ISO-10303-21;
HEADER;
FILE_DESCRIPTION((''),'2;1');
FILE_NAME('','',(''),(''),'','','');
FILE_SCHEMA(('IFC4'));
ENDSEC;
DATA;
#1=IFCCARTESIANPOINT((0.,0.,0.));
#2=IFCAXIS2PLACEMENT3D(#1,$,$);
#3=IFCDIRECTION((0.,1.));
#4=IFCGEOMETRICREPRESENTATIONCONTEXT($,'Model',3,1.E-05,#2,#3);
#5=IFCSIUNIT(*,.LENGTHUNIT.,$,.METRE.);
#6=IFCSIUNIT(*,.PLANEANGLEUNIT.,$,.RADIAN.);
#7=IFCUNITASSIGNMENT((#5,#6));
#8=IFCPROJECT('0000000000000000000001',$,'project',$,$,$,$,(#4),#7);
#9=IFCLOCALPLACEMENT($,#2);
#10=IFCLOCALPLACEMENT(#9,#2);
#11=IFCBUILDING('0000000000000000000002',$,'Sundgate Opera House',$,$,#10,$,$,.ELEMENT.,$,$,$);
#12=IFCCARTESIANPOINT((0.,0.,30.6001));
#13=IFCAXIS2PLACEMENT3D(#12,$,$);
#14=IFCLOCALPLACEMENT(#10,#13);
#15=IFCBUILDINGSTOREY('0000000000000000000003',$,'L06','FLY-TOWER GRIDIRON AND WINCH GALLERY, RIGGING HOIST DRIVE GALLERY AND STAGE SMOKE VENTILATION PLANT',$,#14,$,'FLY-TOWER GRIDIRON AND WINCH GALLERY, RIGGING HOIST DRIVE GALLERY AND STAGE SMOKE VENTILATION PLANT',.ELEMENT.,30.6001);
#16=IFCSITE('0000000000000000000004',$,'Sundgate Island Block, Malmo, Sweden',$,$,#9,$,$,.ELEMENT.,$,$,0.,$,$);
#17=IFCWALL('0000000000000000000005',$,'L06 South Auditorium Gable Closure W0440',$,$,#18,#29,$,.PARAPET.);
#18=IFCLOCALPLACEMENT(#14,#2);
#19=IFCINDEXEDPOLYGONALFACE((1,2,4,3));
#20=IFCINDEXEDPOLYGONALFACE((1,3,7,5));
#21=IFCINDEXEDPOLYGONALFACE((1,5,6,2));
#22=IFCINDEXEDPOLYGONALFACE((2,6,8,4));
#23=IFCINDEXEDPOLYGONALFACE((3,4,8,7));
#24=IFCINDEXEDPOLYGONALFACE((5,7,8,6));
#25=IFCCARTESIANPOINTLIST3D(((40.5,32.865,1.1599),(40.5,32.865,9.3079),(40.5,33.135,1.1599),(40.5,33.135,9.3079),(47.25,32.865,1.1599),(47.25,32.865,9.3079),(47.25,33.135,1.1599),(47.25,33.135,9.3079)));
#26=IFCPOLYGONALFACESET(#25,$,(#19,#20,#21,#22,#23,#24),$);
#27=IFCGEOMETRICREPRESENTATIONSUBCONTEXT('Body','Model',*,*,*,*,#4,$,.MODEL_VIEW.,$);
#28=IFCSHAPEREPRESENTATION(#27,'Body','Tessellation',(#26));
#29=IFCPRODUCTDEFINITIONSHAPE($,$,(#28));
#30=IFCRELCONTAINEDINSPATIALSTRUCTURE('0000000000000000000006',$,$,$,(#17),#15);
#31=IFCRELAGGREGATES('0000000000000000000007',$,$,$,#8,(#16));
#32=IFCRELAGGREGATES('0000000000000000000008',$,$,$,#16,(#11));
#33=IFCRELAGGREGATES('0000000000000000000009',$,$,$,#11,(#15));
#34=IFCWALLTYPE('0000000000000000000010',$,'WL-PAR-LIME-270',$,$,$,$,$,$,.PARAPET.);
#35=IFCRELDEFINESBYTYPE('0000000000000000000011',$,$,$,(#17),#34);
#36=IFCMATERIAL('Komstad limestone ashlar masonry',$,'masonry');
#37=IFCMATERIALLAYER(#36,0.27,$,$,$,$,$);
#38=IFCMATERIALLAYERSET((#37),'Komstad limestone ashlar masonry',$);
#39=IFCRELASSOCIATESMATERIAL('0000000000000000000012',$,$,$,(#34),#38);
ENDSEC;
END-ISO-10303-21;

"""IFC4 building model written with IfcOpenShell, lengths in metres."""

from ifc_helpers import new_model, si_unit, direction, frame, frame_2d, origin, place, context, subcontext, project, spatial, rectangle, extrude, material, layer, layer_set, type_object, element, save


model = new_model("IFC4")

# Units and contexts
model_context = context("Model", 3, precision=1e-05, world=origin(), true_north=direction((0.0, 1.0)))
body_context = subcontext(model_context, "Body", "Model", "MODEL_VIEW")
ifc_project = project(units=[si_unit("LENGTHUNIT", "METRE"), si_unit("PLANEANGLEUNIT", "RADIAN")], contexts=[model_context])

# Site, building, storey
site_placement = place(None, origin())
site = spatial("IfcSite", under=ifc_project, at=site_placement, Name="Sundgate Island Block, Malmo, Sweden", CompositionType="ELEMENT", RefElevation=0.0)
building_placement = place(site_placement, origin())
building = spatial("IfcBuilding", under=site, at=building_placement, Name="Sundgate Opera House", CompositionType="ELEMENT")
storey_placement = place(building_placement, frame((0.0, 0.0, 30.6001)))
storey = spatial("IfcBuildingStorey", under=building, at=storey_placement, Name="L06", Description="FLY-TOWER GRIDIRON AND WINCH GALLERY, RIGGING HOIST DRIVE GALLERY AND STAGE SMOKE VENTILATION PLANT", LongName="FLY-TOWER GRIDIRON AND WINCH GALLERY, RIGGING HOIST DRIVE GALLERY AND STAGE SMOKE VENTILATION PLANT", CompositionType="ELEMENT", Elevation=30.6001)

# Wall
ifc_material_1 = material(Name="Komstad limestone ashlar masonry", Category="masonry")
ifc_layer_1 = layer(ifc_material_1, 0.27)
ifc_layer_set_1 = layer_set([ifc_layer_1], Name="Komstad limestone ashlar masonry")
wall_type = type_object("IfcWallType", Name="WL-PAR-LIME-270", PredefinedType="PARAPET", material=ifc_layer_set_1)
wall_1_placement = place(storey_placement, frame((40.5, 33.0, 1.1599), z_axis=(0.0, 0.0, 1.0), x_axis=(1.0, 0.0, 0.0)))
element("IfcWall", 1, at=wall_1_placement, inside=storey, type_object=wall_type, Name="L06 South Auditorium Gable Closure W0440", PredefinedType="PARAPET", context=body_context, shape_type="SweptSolid", body=[
    extrude(rectangle(XDim=6.75, YDim=0.27, at=frame_2d((3.375, 0.0))), origin(), (0.0, 0.0, 1.0), 8.1479),
])

save(model, "model.ifc")
